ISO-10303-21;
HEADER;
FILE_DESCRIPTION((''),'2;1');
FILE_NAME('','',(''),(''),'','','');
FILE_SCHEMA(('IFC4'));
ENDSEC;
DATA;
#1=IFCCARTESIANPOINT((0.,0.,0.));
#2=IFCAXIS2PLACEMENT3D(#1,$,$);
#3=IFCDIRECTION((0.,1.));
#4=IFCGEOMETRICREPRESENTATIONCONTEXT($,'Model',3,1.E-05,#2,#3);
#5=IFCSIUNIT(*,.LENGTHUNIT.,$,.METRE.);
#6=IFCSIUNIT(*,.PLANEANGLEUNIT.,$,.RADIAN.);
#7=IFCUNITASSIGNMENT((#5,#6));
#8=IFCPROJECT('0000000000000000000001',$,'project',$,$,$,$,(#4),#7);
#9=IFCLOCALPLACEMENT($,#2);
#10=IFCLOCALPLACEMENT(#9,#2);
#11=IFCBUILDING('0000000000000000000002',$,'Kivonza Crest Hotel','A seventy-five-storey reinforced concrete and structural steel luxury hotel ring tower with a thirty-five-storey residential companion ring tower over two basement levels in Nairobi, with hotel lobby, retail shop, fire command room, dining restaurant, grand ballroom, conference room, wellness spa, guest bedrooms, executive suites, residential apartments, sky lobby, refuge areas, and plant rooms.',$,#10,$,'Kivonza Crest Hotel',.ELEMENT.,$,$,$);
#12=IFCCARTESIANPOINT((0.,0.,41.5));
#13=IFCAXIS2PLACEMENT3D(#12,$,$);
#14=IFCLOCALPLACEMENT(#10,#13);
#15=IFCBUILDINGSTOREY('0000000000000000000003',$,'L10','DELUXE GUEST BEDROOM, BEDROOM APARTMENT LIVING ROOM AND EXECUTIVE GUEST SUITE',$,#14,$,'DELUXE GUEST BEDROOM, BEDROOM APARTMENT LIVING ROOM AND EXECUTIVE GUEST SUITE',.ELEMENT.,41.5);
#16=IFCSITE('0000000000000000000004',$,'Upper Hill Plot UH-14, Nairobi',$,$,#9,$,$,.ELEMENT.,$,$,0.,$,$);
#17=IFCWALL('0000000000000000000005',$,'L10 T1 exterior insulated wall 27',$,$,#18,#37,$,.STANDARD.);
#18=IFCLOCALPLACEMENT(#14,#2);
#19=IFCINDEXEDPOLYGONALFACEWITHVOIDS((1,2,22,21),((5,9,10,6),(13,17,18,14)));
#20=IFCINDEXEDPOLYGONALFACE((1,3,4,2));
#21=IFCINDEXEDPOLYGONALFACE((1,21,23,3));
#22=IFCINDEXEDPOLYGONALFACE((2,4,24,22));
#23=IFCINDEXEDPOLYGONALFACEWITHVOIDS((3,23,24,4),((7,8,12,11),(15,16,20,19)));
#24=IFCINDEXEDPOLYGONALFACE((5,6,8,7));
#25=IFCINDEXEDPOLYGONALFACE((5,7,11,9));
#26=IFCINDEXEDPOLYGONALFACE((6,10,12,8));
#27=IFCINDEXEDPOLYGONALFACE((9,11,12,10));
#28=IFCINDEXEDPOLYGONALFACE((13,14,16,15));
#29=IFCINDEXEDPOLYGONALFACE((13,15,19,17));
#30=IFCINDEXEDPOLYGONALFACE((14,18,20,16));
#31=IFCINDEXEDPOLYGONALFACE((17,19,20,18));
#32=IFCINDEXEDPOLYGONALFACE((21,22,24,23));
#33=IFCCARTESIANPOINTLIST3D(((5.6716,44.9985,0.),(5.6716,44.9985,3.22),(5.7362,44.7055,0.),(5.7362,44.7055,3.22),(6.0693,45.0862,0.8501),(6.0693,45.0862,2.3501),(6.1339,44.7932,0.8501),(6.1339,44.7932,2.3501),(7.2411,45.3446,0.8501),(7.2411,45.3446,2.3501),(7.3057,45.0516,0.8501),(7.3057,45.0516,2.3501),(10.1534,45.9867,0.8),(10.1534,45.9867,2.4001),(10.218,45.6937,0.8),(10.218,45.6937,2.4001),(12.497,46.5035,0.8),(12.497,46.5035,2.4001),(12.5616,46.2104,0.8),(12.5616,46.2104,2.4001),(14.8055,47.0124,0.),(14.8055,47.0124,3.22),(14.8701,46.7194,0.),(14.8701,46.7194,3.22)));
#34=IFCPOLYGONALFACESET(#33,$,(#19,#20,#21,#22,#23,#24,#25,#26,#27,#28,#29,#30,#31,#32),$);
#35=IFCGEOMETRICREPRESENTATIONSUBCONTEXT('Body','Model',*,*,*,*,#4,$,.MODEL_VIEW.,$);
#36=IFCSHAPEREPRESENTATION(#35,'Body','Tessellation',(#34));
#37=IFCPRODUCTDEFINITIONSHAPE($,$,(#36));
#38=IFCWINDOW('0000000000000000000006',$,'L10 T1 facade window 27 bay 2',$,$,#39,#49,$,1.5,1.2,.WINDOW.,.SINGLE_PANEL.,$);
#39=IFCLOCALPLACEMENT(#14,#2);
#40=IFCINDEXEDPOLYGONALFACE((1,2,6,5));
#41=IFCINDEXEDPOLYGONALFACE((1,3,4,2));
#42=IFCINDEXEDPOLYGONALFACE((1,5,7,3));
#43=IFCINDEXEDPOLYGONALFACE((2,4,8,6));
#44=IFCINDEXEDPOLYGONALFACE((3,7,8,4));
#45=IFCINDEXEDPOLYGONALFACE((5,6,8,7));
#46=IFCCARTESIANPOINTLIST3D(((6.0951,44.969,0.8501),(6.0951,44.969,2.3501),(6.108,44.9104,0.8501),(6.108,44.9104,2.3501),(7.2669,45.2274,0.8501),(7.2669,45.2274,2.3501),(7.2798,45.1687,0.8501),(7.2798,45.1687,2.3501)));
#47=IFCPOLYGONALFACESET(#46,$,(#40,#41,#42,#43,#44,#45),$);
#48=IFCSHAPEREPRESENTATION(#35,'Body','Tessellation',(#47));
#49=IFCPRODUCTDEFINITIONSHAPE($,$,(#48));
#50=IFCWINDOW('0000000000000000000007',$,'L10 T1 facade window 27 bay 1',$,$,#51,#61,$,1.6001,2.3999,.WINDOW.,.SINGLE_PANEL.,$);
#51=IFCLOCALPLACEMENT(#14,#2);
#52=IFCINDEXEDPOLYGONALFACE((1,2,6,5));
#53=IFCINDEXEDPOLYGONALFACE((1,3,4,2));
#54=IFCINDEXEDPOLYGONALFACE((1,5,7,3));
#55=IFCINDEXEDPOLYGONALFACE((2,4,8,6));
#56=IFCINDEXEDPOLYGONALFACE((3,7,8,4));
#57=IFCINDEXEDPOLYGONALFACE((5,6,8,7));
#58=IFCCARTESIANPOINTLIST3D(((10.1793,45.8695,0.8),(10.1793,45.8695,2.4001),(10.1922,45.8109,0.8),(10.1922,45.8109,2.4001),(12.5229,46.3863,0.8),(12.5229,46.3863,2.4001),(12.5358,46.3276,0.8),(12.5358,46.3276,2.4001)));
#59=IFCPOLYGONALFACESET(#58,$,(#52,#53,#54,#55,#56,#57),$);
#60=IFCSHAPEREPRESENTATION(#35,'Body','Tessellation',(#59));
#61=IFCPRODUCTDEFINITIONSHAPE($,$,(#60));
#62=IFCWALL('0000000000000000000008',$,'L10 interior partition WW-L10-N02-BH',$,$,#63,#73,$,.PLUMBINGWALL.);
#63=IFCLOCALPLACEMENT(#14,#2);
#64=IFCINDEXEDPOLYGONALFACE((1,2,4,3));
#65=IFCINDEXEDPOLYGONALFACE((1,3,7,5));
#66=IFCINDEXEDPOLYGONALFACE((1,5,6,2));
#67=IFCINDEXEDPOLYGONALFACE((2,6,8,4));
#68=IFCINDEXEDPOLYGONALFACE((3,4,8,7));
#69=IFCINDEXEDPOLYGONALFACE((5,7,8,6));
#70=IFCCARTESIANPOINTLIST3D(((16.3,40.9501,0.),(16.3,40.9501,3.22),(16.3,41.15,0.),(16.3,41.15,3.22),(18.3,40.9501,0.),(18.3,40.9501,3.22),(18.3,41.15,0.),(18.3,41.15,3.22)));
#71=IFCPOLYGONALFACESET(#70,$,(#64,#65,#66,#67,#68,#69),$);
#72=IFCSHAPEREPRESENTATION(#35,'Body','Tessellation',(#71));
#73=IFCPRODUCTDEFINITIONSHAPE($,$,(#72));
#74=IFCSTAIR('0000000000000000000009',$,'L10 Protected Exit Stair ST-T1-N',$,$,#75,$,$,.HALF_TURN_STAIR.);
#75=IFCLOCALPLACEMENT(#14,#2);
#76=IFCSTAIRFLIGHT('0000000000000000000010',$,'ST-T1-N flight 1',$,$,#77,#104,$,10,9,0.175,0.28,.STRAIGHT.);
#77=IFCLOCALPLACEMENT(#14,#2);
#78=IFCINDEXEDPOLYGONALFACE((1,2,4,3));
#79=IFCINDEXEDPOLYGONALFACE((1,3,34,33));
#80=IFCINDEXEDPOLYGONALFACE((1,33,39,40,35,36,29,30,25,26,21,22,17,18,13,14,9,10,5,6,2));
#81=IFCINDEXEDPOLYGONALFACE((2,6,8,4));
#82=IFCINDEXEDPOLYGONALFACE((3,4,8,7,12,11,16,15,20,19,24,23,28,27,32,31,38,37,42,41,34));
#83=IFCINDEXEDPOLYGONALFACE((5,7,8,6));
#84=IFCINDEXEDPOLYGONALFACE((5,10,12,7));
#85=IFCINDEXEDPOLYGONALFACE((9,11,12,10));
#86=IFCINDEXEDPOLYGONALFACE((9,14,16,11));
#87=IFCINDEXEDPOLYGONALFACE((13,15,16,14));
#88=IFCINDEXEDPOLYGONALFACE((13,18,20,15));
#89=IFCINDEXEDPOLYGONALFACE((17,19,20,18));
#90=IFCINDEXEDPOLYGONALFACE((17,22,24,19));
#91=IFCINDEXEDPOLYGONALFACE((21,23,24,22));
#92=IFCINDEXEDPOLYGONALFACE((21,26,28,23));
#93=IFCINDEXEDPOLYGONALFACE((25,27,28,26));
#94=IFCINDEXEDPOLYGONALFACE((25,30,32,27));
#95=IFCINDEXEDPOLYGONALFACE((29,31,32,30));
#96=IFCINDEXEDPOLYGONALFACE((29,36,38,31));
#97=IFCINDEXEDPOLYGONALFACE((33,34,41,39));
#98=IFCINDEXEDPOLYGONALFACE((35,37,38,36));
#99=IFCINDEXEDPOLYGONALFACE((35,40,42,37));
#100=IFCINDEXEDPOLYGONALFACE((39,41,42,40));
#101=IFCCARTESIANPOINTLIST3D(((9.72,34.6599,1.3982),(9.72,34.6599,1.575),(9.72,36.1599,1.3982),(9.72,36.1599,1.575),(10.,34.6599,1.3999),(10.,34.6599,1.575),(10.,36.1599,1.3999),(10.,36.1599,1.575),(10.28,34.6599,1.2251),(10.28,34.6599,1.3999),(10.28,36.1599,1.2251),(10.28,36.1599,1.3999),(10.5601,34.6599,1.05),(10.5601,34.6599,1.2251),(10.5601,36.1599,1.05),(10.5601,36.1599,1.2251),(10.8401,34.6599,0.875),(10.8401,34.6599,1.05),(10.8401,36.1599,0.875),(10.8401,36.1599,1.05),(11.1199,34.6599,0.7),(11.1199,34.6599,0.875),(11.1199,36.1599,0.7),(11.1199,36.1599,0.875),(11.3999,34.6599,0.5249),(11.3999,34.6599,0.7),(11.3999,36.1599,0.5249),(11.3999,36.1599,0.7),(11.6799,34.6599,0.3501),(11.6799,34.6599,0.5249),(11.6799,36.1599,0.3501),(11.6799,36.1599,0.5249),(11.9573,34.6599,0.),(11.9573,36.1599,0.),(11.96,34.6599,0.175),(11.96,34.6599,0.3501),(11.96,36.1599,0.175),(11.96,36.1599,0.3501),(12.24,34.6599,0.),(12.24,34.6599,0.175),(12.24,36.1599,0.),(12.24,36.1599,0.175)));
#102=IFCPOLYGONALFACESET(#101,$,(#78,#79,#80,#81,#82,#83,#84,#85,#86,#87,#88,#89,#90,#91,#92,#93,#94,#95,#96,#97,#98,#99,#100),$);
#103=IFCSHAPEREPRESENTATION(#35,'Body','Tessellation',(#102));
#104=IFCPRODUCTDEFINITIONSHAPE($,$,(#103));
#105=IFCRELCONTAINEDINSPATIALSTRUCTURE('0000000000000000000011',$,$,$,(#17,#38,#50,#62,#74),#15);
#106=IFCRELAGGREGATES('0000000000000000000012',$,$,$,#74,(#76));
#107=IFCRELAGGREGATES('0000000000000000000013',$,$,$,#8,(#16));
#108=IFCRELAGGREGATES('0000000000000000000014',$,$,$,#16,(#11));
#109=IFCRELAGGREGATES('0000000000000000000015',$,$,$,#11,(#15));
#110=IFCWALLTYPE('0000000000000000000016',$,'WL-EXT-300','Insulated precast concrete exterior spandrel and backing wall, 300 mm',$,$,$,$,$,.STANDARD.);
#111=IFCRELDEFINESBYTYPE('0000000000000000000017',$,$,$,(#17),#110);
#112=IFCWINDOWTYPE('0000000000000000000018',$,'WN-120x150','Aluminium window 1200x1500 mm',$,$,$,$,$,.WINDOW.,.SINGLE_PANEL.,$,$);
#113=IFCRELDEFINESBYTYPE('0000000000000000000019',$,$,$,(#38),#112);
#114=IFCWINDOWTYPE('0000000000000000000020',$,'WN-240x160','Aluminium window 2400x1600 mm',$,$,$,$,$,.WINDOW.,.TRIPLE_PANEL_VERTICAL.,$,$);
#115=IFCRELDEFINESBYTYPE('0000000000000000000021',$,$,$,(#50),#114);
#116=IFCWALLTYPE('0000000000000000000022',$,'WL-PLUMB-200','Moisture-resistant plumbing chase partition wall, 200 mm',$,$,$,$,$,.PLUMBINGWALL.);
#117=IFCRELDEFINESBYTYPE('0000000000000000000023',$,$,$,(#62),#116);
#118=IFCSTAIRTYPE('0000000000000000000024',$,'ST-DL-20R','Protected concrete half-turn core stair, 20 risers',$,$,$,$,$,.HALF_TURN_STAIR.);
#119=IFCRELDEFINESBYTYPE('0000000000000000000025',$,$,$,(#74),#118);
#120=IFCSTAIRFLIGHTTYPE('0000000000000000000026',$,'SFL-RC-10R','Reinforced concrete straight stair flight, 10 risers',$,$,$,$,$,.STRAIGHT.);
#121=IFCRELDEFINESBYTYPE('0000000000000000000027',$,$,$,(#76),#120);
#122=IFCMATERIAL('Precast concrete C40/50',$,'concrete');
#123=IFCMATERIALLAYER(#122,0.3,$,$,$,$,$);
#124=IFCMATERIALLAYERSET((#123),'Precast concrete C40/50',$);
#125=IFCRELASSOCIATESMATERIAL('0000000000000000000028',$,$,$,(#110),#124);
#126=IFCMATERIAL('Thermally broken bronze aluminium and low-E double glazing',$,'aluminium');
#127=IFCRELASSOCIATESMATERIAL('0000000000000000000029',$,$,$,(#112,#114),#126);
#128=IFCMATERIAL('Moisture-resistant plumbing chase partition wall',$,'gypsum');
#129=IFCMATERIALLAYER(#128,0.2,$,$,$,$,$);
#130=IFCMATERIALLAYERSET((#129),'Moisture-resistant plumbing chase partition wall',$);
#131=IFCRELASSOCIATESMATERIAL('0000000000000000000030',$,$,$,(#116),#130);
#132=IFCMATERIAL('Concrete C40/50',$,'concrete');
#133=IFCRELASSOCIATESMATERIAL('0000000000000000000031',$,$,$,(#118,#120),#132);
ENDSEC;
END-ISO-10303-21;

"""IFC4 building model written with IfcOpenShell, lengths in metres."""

from ifc_helpers import new_model, si_unit, direction, frame, frame_2d, origin, place, context, subcontext, project, spatial, polyline, rectangle, outline, extrude, material, layer, layer_set, type_object, element, fill, aggregate, save


model = new_model("IFC4")

# Units and contexts
model_context = context("Model", 3, precision=1e-05, world=origin(), true_north=direction((0.0, 1.0)))
body_context = subcontext(model_context, "Body", "Model", "MODEL_VIEW")
ifc_project = project(units=[si_unit("LENGTHUNIT", "METRE"), si_unit("PLANEANGLEUNIT", "RADIAN")], contexts=[model_context])

# Site, building, storey
site_placement = place(None, origin())
site = spatial("IfcSite", under=ifc_project, at=site_placement, Name="Upper Hill Plot UH-14, Nairobi", CompositionType="ELEMENT", RefElevation=0.0)
building_placement = place(site_placement, origin())
building = spatial("IfcBuilding", under=site, at=building_placement, Name="Kivonza Crest Hotel", Description="A seventy-five-storey reinforced concrete and structural steel luxury hotel ring tower with a thirty-five-storey residential companion ring tower over two basement levels in Nairobi, with hotel lobby, retail shop, fire command room, dining restaurant, grand ballroom, conference room, wellness spa, guest bedrooms, executive suites, residential apartments, sky lobby, refuge areas, and plant rooms.", LongName="Kivonza Crest Hotel", CompositionType="ELEMENT")
storey_placement = place(building_placement, frame((0.0, 0.0, 41.5)))
storey = spatial("IfcBuildingStorey", under=building, at=storey_placement, Name="L10", Description="DELUXE GUEST BEDROOM, BEDROOM APARTMENT LIVING ROOM AND EXECUTIVE GUEST SUITE", LongName="DELUXE GUEST BEDROOM, BEDROOM APARTMENT LIVING ROOM AND EXECUTIVE GUEST SUITE", CompositionType="ELEMENT", Elevation=41.5)

# Wall, openings, windows
ifc_material_1 = material(Name="Precast concrete C40/50", Category="concrete")
ifc_layer_1 = layer(ifc_material_1, 0.3)
ifc_layer_set_1 = layer_set([ifc_layer_1], Name="Precast concrete C40/50")
wall_type_1 = type_object("IfcWallType", Name="WL-EXT-300", Description="Insulated precast concrete exterior spandrel and backing wall, 300 mm", PredefinedType="STANDARD", material=ifc_layer_set_1)
wall_1_placement = place(storey_placement, frame((14.8379, 46.866, 0.0), z_axis=(0.0, 0.0, 1.0), x_axis=(-0.976544, -0.215319, 0.0)))
wall_1 = element("IfcWall", 1, at=wall_1_placement, inside=storey, type_object=wall_type_1, Name="L10 T1 exterior insulated wall 27", PredefinedType="STANDARD", context=body_context, shape_type="SweptSolid", body=[
    extrude(rectangle(XDim=9.3533, YDim=0.3, at=frame_2d((4.6768, 0.0))), origin(), (0.0, 0.0, 1.0), 3.22),
])
opening_1_placement = place(wall_1_placement, frame((2.364, 0.0, 0.8)))
opening_1 = element("IfcOpeningElement", 2, at=opening_1_placement, cuts=wall_1, PredefinedType="OPENING", context=body_context, shape_type="SweptSolid", body=[
    extrude(rectangle(XDim=2.3999, YDim=1.6001, at=frame_2d((1.2, 0.8))), frame((0.0, 0.1602, 0.0), z_axis=(0.0, -1.0, 0.0), x_axis=(1.0, 0.0, 0.0)), (0.0, 0.0, 1.0), 0.3201),
])
opening_2_placement = place(wall_1_placement, frame((7.7461, 0.0, 0.8501)))
opening_2 = element("IfcOpeningElement", 3, at=opening_2_placement, cuts=wall_1, PredefinedType="OPENING", context=body_context, shape_type="SweptSolid", body=[
    extrude(rectangle(XDim=1.2, YDim=1.5, at=frame_2d((0.6001, 0.75))), frame((0.0, 0.1602, 0.0), z_axis=(0.0, -1.0, 0.0), x_axis=(1.0, 0.0, 0.0)), (0.0, 0.0, 1.0), 0.3201),
])
ifc_material_2 = material(Name="Thermally broken bronze aluminium and low-E double glazing", Category="aluminium")
window_type_1 = type_object("IfcWindowType", Name="WN-120x150", Description="Aluminium window 1200x1500 mm", PartitioningType="SINGLE_PANEL", PredefinedType="WINDOW", material=ifc_material_2)
window_1_placement = place(opening_2_placement, origin())
window_1 = element("IfcWindow", 4, at=window_1_placement, inside=storey, type_object=window_type_1, Name="L10 T1 facade window 27 bay 2", OverallHeight=1.5, OverallWidth=1.2, PartitioningType="SINGLE_PANEL", PredefinedType="WINDOW", context=body_context, shape_type="SweptSolid", body=[
    extrude(rectangle(XDim=1.2, YDim=1.5, at=frame_2d((0.6001, 0.75))), frame((0.0, 0.03, 0.0), z_axis=(0.0, -1.0, 0.0), x_axis=(1.0, 0.0, 0.0)), (0.0, 0.0, 1.0), 0.0601),
])
fill(opening_2, window_1)
window_type_2 = type_object("IfcWindowType", Name="WN-240x160", Description="Aluminium window 2400x1600 mm", PartitioningType="TRIPLE_PANEL_VERTICAL", PredefinedType="WINDOW", material=ifc_material_2)
window_2_placement = place(opening_1_placement, origin())
window_2 = element("IfcWindow", 5, at=window_2_placement, inside=storey, type_object=window_type_2, Name="L10 T1 facade window 27 bay 1", OverallHeight=1.6001, OverallWidth=2.3999, PartitioningType="SINGLE_PANEL", PredefinedType="WINDOW", context=body_context, shape_type="SweptSolid", body=[
    extrude(rectangle(XDim=2.3999, YDim=1.6001, at=frame_2d((1.2, 0.8))), frame((0.0, 0.03, 0.0), z_axis=(0.0, -1.0, 0.0), x_axis=(1.0, 0.0, 0.0)), (0.0, 0.0, 1.0), 0.0601),
])
fill(opening_1, window_2)

# Wall
ifc_material_3 = material(Name="Moisture-resistant plumbing chase partition wall", Category="gypsum")
ifc_layer_2 = layer(ifc_material_3, 0.2)
ifc_layer_set_2 = layer_set([ifc_layer_2], Name="Moisture-resistant plumbing chase partition wall")
wall_type_2 = type_object("IfcWallType", Name="WL-PLUMB-200", Description="Moisture-resistant plumbing chase partition wall, 200 mm", PredefinedType="PLUMBINGWALL", material=ifc_layer_set_2)
wall_2_placement = place(storey_placement, frame((16.3, 41.05, 0.0), z_axis=(0.0, 0.0, 1.0), x_axis=(1.0, 0.0, 0.0)))
element("IfcWall", 6, at=wall_2_placement, inside=storey, type_object=wall_type_2, Name="L10 interior partition WW-L10-N02-BH", PredefinedType="PLUMBINGWALL", context=body_context, shape_type="SweptSolid", body=[
    extrude(rectangle(XDim=2.0, YDim=0.2, at=frame_2d((1.0, 0.0))), origin(), (0.0, 0.0, 1.0), 3.22),
])

# Stair, stair flight
ifc_material_4 = material(Name="Concrete C40/50", Category="concrete")
stair_type = type_object("IfcStairType", Name="ST-DL-20R", Description="Protected concrete half-turn core stair, 20 risers", PredefinedType="HALF_TURN_STAIR", material=ifc_material_4)
stair_placement = place(storey_placement, origin())
stair = element("IfcStair", 7, at=stair_placement, inside=storey, type_object=stair_type, Name="L10 Protected Exit Stair ST-T1-N", PredefinedType="HALF_TURN_STAIR")
stair_flight_type = type_object("IfcStairFlightType", Name="SFL-RC-10R", Description="Reinforced concrete straight stair flight, 10 risers", PredefinedType="STRAIGHT", material=ifc_material_4)
stair_flight_placement = place(storey_placement, frame((12.24, 35.4099, 0.0), z_axis=(0.0, 0.0, 1.0), x_axis=(-1.0, 0.0, 0.0)))
stair_flight = element("IfcStairFlight", 8, at=stair_flight_placement, type_object=stair_flight_type, Name="ST-T1-N flight 1", NumberOfRisers=10, NumberOfTreads=9, PredefinedType="STRAIGHT", RiserHeight=0.175, TreadLength=0.28, context=body_context, shape_type="SweptSolid", body=[
    extrude(outline(polyline([(0.0, 0.0), (0.0, 0.175), (0.28, 0.175), (0.28, 0.3501), (0.5601, 0.3501), (0.5601, 0.5249), (0.8401, 0.5249), (0.8401, 0.7), (1.1201, 0.7), (1.1201, 0.875), (1.3999, 0.875), (1.3999, 1.05), (1.6799, 1.05), (1.6799, 1.2251), (1.96, 1.2251), (1.96, 1.3999), (2.24, 1.3999), (2.24, 1.575), (2.52, 1.575), (2.52, 1.75), (2.52, 1.3982), (0.2827, 0.0), (0.0, 0.0)])), frame((0.0, 0.75, 0.0), z_axis=(0.0, -1.0, 0.0), x_axis=(1.0, 0.0, 0.0)), (0.0, 0.0, 1.0), 1.5),
])
aggregate(stair, [stair_flight])

save(model, "model.ifc")
